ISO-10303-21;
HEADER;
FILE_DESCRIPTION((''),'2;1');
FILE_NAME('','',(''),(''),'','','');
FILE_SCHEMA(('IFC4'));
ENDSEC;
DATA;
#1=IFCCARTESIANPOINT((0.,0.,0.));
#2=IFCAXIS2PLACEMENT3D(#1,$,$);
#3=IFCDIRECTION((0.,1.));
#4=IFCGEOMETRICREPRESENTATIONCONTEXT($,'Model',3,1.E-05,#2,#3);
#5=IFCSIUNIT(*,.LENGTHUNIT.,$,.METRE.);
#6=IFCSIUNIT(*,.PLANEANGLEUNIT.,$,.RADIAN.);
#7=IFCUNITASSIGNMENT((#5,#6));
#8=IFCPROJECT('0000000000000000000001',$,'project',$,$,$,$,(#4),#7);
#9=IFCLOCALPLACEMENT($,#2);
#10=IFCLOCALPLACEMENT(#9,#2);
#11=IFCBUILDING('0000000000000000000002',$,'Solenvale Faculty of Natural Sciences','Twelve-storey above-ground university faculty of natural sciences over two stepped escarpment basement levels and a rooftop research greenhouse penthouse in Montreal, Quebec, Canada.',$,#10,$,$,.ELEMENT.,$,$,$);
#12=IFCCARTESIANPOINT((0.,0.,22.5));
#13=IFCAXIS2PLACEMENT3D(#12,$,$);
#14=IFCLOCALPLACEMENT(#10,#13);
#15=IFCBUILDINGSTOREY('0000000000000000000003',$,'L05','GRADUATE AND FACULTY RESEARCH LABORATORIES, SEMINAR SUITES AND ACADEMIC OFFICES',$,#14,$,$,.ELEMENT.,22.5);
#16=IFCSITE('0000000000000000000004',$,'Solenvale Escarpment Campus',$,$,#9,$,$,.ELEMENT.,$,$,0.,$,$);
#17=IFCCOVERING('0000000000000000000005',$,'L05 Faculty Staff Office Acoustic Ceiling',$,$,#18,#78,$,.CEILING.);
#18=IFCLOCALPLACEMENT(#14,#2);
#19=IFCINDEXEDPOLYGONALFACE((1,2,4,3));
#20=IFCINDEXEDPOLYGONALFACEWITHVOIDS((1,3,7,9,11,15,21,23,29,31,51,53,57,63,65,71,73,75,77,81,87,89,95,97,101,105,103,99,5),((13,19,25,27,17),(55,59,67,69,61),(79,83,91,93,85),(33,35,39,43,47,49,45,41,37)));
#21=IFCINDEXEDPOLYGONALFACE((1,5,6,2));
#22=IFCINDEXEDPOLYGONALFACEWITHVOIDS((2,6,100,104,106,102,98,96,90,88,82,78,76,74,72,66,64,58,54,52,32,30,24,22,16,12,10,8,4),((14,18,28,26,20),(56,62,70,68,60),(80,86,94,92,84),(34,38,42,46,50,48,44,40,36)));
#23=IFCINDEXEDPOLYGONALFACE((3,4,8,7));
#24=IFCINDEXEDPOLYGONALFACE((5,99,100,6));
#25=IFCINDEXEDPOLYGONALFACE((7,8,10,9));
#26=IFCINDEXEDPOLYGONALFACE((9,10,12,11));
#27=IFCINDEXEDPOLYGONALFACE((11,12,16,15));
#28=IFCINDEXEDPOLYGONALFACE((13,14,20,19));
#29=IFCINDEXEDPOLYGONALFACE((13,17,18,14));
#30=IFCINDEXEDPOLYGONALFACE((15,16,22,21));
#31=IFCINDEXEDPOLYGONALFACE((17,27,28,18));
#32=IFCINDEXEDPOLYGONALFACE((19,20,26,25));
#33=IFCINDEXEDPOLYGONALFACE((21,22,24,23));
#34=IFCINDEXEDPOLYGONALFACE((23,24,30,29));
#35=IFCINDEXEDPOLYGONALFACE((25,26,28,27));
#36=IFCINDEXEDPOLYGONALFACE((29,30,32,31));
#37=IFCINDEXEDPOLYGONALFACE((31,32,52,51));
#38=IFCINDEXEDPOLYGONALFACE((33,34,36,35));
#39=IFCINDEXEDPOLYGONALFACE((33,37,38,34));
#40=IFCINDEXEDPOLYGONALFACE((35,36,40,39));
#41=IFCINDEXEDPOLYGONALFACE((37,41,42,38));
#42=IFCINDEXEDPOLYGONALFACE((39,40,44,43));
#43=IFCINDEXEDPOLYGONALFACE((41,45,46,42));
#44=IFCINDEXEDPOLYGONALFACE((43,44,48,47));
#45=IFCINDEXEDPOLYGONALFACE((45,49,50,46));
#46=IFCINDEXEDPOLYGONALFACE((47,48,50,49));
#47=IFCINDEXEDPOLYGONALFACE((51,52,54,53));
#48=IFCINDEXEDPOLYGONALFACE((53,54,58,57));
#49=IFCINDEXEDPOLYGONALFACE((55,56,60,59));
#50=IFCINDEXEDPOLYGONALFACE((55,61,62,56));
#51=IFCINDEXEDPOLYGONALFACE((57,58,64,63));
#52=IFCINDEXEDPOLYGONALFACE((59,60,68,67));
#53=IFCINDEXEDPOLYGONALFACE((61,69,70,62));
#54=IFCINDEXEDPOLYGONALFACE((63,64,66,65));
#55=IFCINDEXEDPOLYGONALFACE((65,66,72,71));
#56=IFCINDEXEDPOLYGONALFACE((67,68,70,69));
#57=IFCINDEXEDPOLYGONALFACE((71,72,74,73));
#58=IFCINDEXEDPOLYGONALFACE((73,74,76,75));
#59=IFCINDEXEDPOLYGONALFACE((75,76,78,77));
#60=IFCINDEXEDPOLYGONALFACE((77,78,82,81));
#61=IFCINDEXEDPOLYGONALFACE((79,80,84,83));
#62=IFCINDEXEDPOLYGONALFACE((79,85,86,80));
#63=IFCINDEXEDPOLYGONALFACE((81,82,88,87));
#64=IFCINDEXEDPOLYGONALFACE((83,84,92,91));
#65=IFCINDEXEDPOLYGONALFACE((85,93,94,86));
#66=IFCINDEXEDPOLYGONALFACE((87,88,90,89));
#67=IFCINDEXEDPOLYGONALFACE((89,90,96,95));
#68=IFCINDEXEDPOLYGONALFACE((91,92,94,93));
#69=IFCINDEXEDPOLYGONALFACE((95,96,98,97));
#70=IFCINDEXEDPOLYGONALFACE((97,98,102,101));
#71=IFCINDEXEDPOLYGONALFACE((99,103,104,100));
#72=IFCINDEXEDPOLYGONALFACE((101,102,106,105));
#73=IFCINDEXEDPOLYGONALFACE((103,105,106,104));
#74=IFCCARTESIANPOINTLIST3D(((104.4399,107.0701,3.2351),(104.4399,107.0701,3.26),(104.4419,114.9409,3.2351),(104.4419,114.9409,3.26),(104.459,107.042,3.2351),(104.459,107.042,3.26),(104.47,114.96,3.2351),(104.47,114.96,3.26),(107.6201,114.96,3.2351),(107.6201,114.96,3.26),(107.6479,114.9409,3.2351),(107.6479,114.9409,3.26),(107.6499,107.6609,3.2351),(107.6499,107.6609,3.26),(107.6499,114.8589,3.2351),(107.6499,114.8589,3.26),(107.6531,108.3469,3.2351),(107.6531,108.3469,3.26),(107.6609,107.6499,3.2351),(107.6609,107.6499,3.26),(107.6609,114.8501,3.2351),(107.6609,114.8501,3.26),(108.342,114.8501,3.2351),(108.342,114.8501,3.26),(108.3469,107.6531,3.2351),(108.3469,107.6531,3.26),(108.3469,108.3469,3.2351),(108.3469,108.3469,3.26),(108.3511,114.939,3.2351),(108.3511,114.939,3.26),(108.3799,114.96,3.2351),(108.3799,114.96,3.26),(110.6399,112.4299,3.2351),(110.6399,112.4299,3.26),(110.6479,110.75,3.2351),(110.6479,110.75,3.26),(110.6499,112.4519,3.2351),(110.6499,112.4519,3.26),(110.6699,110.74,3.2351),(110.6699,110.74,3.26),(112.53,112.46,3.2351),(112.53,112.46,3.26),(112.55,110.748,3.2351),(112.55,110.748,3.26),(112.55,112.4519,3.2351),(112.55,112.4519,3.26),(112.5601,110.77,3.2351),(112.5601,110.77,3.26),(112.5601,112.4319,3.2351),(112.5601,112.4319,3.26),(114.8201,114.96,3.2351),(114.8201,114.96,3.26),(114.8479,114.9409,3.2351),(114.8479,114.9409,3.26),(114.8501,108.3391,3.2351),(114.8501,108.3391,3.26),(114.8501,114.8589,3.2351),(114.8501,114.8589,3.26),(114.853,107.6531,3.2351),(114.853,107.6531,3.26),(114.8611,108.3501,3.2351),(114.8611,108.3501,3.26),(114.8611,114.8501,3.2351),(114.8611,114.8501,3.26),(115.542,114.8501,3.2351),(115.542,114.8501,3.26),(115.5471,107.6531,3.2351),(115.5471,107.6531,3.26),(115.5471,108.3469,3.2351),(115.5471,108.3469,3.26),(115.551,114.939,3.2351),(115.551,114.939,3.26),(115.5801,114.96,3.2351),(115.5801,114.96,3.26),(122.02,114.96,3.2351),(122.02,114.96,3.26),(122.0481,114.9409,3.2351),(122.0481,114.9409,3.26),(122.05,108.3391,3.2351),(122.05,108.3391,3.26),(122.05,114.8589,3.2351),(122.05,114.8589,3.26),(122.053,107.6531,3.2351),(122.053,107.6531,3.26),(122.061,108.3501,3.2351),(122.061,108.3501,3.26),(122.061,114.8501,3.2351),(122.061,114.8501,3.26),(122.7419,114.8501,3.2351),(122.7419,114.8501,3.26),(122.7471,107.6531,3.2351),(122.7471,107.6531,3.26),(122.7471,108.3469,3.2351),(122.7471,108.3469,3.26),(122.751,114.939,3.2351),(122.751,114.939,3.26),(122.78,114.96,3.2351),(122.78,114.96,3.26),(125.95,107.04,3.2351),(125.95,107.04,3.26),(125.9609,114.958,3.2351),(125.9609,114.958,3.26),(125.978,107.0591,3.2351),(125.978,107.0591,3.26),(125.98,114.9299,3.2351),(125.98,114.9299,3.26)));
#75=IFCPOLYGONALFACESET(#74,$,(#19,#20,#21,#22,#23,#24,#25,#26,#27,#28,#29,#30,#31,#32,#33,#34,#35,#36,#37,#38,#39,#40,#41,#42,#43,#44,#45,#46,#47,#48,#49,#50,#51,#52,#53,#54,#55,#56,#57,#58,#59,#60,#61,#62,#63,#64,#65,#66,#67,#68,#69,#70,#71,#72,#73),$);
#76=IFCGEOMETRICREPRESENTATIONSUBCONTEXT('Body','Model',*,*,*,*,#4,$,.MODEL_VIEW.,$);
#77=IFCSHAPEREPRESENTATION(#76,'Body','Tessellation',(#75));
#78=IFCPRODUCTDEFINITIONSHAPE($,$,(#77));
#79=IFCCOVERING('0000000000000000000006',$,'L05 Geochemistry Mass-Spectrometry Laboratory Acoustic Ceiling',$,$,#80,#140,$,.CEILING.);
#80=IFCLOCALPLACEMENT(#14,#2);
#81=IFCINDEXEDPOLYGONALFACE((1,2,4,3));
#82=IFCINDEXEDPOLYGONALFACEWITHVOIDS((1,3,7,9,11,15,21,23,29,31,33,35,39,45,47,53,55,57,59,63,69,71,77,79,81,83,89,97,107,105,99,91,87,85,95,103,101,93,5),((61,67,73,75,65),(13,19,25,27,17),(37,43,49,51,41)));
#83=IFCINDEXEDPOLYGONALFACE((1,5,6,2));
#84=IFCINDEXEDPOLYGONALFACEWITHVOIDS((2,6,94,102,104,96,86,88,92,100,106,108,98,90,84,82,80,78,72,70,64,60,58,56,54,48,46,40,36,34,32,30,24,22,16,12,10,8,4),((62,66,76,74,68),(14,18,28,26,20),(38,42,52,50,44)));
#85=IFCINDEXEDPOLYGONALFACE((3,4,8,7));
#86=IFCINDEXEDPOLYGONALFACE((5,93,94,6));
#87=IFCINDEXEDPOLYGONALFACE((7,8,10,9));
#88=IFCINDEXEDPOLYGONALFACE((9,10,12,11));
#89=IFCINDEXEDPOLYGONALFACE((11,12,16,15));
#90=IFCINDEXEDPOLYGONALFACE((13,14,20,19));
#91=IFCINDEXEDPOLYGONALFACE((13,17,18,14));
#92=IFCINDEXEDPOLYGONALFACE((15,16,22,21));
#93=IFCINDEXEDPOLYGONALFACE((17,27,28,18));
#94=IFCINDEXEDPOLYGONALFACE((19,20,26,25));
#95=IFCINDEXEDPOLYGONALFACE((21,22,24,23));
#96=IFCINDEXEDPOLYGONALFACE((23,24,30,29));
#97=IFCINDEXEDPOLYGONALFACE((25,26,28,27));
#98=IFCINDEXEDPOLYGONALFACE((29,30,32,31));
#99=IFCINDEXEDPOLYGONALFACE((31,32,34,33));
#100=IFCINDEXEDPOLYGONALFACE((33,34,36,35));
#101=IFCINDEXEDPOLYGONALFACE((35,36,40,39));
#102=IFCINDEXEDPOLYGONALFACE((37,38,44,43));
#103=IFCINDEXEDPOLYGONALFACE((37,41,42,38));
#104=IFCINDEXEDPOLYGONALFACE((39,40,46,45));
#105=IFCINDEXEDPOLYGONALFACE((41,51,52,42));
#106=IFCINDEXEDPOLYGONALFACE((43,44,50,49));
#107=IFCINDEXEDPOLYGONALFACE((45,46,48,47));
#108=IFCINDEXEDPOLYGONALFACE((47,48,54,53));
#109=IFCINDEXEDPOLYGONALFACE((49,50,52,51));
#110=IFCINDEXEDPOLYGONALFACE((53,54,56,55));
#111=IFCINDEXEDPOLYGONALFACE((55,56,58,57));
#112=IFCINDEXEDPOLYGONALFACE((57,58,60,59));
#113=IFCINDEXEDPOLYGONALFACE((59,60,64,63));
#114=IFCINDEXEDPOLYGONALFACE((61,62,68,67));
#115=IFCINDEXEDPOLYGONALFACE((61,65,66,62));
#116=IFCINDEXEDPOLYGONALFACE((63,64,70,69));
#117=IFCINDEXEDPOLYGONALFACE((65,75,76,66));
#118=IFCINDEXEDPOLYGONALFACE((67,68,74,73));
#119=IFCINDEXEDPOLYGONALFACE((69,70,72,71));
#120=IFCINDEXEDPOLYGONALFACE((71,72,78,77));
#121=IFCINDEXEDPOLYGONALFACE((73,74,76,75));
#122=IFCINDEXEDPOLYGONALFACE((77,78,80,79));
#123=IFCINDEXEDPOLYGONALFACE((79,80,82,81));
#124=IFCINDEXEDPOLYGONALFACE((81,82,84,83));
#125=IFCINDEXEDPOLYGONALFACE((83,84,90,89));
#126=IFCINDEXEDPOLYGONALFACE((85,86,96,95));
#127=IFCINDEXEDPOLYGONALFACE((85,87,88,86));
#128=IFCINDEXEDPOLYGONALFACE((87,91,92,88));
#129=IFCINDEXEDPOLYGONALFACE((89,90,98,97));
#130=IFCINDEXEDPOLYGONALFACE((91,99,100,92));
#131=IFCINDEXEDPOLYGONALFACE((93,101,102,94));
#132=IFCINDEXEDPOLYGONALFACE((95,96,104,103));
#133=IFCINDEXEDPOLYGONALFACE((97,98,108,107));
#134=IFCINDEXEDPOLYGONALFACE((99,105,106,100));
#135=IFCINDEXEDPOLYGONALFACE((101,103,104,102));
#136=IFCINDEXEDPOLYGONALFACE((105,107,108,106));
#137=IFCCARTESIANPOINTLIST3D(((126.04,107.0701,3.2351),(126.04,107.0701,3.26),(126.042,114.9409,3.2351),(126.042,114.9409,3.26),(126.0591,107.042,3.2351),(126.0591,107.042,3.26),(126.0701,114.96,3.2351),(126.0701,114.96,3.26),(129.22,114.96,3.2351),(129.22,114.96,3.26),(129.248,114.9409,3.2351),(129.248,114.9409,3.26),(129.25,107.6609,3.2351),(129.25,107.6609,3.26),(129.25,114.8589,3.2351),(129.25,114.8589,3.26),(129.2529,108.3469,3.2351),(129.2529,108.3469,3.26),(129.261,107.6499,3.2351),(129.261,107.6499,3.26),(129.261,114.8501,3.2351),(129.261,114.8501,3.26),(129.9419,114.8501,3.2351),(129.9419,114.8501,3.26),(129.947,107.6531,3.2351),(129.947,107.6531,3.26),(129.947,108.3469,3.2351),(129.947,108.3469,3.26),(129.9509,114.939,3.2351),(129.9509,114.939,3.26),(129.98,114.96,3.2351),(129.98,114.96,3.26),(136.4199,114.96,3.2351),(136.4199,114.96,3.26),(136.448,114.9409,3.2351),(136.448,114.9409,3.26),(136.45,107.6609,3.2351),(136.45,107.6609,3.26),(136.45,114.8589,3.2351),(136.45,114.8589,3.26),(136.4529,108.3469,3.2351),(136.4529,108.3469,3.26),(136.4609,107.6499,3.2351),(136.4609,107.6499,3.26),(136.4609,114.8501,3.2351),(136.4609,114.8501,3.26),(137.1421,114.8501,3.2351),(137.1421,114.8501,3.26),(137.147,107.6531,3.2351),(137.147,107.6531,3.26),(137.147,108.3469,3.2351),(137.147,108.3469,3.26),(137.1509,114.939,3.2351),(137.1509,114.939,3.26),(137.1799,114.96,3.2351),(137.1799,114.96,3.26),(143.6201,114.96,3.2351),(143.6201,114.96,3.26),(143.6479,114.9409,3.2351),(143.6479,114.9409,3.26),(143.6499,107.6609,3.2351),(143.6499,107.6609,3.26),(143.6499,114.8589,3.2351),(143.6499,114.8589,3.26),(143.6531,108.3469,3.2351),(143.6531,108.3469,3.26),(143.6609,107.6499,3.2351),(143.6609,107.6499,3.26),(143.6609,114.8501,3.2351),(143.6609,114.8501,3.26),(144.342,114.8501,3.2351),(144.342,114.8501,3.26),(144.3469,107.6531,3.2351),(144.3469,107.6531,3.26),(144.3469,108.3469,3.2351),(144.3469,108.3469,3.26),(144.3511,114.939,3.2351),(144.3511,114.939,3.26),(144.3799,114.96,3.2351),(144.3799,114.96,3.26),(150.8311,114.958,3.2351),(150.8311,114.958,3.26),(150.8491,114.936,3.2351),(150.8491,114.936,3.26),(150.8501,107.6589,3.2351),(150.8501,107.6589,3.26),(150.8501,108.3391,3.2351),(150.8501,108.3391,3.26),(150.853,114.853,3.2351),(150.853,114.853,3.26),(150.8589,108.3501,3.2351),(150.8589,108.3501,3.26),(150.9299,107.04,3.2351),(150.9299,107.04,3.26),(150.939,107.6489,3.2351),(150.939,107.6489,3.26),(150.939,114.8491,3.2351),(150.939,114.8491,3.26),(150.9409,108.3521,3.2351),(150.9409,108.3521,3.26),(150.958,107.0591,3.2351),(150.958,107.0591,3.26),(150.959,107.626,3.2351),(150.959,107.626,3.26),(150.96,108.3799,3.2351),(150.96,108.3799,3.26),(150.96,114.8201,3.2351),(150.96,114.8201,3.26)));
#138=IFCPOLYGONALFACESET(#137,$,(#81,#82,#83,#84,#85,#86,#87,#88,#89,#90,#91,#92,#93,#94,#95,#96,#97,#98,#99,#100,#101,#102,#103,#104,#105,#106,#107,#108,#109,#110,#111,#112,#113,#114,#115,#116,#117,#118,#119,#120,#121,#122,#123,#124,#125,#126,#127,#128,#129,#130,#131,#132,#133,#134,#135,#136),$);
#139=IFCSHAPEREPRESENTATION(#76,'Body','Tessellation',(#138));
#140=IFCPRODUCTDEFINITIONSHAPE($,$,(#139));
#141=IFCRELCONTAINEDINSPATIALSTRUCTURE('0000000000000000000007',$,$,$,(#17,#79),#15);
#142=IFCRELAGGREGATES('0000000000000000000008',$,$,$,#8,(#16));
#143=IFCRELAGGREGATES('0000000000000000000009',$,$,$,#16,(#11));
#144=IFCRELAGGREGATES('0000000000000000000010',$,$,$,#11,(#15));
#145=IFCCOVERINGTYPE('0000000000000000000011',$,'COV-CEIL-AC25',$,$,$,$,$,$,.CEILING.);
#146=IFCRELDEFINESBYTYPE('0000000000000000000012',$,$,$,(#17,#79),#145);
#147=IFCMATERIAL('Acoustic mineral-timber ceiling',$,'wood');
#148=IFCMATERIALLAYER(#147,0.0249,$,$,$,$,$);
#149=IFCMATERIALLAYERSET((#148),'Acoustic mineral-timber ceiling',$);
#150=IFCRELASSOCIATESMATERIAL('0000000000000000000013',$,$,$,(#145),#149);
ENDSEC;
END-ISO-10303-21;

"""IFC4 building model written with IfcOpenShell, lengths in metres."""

from ifc_helpers import new_model, si_unit, direction, frame, origin, place, context, subcontext, project, spatial, polyline, outline, extrude, material, layer, layer_set, type_object, element, save


model = new_model("IFC4")

# Units and contexts
model_context = context("Model", 3, precision=1e-05, world=origin(), true_north=direction((0.0, 1.0)))
body_context = subcontext(model_context, "Body", "Model", "MODEL_VIEW")
ifc_project = project(units=[si_unit("LENGTHUNIT", "METRE"), si_unit("PLANEANGLEUNIT", "RADIAN")], contexts=[model_context])

# Site, building, storey
site_placement = place(None, origin())
site = spatial("IfcSite", under=ifc_project, at=site_placement, Name="Solenvale Escarpment Campus", CompositionType="ELEMENT", RefElevation=0.0)
building_placement = place(site_placement, origin())
building = spatial("IfcBuilding", under=site, at=building_placement, Name="Solenvale Faculty of Natural Sciences", Description="Twelve-storey above-ground university faculty of natural sciences over two stepped escarpment basement levels and a rooftop research greenhouse penthouse in Montreal, Quebec, Canada.", CompositionType="ELEMENT")
storey_placement = place(building_placement, frame((0.0, 0.0, 22.5)))
storey = spatial("IfcBuildingStorey", under=building, at=storey_placement, Name="L05", Description="GRADUATE AND FACULTY RESEARCH LABORATORIES, SEMINAR SUITES AND ACADEMIC OFFICES", CompositionType="ELEMENT", Elevation=22.5)

# Coverings
ifc_material_1 = material(Name="Acoustic mineral-timber ceiling", Category="wood")
ifc_layer_1 = layer(ifc_material_1, 0.0249)
ifc_layer_set_1 = layer_set([ifc_layer_1], Name="Acoustic mineral-timber ceiling")
covering_type_1 = type_object("IfcCoveringType", Name="COV-CEIL-AC25", PredefinedType="CEILING", material=ifc_layer_set_1)
covering_1_placement = place(storey_placement, frame((0.0, 0.0, 3.2351)))
element("IfcCovering", 1, at=covering_1_placement, inside=storey, type_object=covering_type_1, Name="L05 Faculty Staff Office Acoustic Ceiling", PredefinedType="CEILING", context=body_context, shape_type="SweptSolid", body=[
    extrude(outline(polyline([(107.6201, 114.96), (107.6479, 114.9409), (107.6499, 114.8589), (107.6609, 114.8501), (108.342, 114.8501), (108.3511, 114.939), (108.3799, 114.96), (114.8201, 114.96), (114.8479, 114.9409), (114.8501, 114.8589), (114.8611, 114.8501), (115.542, 114.8501), (115.551, 114.939), (115.5801, 114.96), (122.02, 114.96), (122.0481, 114.9409), (122.05, 114.8589), (122.061, 114.8501), (122.7419, 114.8501), (122.751, 114.939), (122.78, 114.96), (125.9609, 114.958), (125.98, 114.9299), (125.978, 107.0591), (125.95, 107.04), (104.459, 107.042), (104.4399, 107.0701), (104.4419, 114.9409), (104.47, 114.96), (107.6201, 114.96)]), holes=[polyline([(122.061, 108.3501), (122.05, 108.3391), (122.053, 107.6531), (122.7471, 107.6531), (122.7471, 108.3469), (122.061, 108.3501)]), polyline([(114.8611, 108.3501), (114.8501, 108.3391), (114.853, 107.6531), (115.5471, 107.6531), (115.5471, 108.3469), (114.8611, 108.3501)]), polyline([(112.5601, 112.4319), (112.55, 112.4519), (112.53, 112.46), (110.6499, 112.4519), (110.6399, 112.4299), (110.6479, 110.75), (110.6699, 110.74), (112.55, 110.748), (112.5601, 110.77), (112.5601, 112.4319)]), polyline([(107.6499, 107.6609), (107.6609, 107.6499), (108.3469, 107.6531), (108.3469, 108.3469), (107.6531, 108.3469), (107.6499, 107.6609)])]), origin(), (0.0, 0.0, 1.0), 0.0249),
])
covering_2_placement = place(storey_placement, frame((0.0, 0.0, 3.2351)))
element("IfcCovering", 2, at=covering_2_placement, inside=storey, type_object=covering_type_1, Name="L05 Geochemistry Mass-Spectrometry Laboratory Acoustic Ceiling", PredefinedType="CEILING", context=body_context, shape_type="SweptSolid", body=[
    extrude(outline(polyline([(129.22, 114.96), (129.248, 114.9409), (129.25, 114.8589), (129.261, 114.8501), (129.9419, 114.8501), (129.9509, 114.939), (129.98, 114.96), (136.4199, 114.96), (136.448, 114.9409), (136.45, 114.8589), (136.4609, 114.8501), (137.1421, 114.8501), (137.1509, 114.939), (137.1799, 114.96), (143.6201, 114.96), (143.6479, 114.9409), (143.6499, 114.8589), (143.6609, 114.8501), (144.342, 114.8501), (144.3511, 114.939), (144.3799, 114.96), (150.8311, 114.958), (150.8491, 114.936), (150.853, 114.853), (150.939, 114.8491), (150.96, 114.8201), (150.96, 108.3799), (150.9409, 108.3521), (150.8589, 108.3501), (150.8501, 108.3391), (150.8501, 107.6589), (150.939, 107.6489), (150.959, 107.626), (150.958, 107.0591), (150.9299, 107.04), (126.0591, 107.042), (126.04, 107.0701), (126.042, 114.9409), (126.0701, 114.96), (129.22, 114.96)]), holes=[polyline([(143.6499, 107.6609), (143.6609, 107.6499), (144.3469, 107.6531), (144.3469, 108.3469), (143.6531, 108.3469), (143.6499, 107.6609)]), polyline([(136.45, 107.6609), (136.4609, 107.6499), (137.147, 107.6531), (137.147, 108.3469), (136.4529, 108.3469), (136.45, 107.6609)]), polyline([(129.25, 107.6609), (129.261, 107.6499), (129.947, 107.6531), (129.947, 108.3469), (129.2529, 108.3469), (129.25, 107.6609)])]), origin(), (0.0, 0.0, 1.0), 0.0249),
])

save(model, "model.ifc")
